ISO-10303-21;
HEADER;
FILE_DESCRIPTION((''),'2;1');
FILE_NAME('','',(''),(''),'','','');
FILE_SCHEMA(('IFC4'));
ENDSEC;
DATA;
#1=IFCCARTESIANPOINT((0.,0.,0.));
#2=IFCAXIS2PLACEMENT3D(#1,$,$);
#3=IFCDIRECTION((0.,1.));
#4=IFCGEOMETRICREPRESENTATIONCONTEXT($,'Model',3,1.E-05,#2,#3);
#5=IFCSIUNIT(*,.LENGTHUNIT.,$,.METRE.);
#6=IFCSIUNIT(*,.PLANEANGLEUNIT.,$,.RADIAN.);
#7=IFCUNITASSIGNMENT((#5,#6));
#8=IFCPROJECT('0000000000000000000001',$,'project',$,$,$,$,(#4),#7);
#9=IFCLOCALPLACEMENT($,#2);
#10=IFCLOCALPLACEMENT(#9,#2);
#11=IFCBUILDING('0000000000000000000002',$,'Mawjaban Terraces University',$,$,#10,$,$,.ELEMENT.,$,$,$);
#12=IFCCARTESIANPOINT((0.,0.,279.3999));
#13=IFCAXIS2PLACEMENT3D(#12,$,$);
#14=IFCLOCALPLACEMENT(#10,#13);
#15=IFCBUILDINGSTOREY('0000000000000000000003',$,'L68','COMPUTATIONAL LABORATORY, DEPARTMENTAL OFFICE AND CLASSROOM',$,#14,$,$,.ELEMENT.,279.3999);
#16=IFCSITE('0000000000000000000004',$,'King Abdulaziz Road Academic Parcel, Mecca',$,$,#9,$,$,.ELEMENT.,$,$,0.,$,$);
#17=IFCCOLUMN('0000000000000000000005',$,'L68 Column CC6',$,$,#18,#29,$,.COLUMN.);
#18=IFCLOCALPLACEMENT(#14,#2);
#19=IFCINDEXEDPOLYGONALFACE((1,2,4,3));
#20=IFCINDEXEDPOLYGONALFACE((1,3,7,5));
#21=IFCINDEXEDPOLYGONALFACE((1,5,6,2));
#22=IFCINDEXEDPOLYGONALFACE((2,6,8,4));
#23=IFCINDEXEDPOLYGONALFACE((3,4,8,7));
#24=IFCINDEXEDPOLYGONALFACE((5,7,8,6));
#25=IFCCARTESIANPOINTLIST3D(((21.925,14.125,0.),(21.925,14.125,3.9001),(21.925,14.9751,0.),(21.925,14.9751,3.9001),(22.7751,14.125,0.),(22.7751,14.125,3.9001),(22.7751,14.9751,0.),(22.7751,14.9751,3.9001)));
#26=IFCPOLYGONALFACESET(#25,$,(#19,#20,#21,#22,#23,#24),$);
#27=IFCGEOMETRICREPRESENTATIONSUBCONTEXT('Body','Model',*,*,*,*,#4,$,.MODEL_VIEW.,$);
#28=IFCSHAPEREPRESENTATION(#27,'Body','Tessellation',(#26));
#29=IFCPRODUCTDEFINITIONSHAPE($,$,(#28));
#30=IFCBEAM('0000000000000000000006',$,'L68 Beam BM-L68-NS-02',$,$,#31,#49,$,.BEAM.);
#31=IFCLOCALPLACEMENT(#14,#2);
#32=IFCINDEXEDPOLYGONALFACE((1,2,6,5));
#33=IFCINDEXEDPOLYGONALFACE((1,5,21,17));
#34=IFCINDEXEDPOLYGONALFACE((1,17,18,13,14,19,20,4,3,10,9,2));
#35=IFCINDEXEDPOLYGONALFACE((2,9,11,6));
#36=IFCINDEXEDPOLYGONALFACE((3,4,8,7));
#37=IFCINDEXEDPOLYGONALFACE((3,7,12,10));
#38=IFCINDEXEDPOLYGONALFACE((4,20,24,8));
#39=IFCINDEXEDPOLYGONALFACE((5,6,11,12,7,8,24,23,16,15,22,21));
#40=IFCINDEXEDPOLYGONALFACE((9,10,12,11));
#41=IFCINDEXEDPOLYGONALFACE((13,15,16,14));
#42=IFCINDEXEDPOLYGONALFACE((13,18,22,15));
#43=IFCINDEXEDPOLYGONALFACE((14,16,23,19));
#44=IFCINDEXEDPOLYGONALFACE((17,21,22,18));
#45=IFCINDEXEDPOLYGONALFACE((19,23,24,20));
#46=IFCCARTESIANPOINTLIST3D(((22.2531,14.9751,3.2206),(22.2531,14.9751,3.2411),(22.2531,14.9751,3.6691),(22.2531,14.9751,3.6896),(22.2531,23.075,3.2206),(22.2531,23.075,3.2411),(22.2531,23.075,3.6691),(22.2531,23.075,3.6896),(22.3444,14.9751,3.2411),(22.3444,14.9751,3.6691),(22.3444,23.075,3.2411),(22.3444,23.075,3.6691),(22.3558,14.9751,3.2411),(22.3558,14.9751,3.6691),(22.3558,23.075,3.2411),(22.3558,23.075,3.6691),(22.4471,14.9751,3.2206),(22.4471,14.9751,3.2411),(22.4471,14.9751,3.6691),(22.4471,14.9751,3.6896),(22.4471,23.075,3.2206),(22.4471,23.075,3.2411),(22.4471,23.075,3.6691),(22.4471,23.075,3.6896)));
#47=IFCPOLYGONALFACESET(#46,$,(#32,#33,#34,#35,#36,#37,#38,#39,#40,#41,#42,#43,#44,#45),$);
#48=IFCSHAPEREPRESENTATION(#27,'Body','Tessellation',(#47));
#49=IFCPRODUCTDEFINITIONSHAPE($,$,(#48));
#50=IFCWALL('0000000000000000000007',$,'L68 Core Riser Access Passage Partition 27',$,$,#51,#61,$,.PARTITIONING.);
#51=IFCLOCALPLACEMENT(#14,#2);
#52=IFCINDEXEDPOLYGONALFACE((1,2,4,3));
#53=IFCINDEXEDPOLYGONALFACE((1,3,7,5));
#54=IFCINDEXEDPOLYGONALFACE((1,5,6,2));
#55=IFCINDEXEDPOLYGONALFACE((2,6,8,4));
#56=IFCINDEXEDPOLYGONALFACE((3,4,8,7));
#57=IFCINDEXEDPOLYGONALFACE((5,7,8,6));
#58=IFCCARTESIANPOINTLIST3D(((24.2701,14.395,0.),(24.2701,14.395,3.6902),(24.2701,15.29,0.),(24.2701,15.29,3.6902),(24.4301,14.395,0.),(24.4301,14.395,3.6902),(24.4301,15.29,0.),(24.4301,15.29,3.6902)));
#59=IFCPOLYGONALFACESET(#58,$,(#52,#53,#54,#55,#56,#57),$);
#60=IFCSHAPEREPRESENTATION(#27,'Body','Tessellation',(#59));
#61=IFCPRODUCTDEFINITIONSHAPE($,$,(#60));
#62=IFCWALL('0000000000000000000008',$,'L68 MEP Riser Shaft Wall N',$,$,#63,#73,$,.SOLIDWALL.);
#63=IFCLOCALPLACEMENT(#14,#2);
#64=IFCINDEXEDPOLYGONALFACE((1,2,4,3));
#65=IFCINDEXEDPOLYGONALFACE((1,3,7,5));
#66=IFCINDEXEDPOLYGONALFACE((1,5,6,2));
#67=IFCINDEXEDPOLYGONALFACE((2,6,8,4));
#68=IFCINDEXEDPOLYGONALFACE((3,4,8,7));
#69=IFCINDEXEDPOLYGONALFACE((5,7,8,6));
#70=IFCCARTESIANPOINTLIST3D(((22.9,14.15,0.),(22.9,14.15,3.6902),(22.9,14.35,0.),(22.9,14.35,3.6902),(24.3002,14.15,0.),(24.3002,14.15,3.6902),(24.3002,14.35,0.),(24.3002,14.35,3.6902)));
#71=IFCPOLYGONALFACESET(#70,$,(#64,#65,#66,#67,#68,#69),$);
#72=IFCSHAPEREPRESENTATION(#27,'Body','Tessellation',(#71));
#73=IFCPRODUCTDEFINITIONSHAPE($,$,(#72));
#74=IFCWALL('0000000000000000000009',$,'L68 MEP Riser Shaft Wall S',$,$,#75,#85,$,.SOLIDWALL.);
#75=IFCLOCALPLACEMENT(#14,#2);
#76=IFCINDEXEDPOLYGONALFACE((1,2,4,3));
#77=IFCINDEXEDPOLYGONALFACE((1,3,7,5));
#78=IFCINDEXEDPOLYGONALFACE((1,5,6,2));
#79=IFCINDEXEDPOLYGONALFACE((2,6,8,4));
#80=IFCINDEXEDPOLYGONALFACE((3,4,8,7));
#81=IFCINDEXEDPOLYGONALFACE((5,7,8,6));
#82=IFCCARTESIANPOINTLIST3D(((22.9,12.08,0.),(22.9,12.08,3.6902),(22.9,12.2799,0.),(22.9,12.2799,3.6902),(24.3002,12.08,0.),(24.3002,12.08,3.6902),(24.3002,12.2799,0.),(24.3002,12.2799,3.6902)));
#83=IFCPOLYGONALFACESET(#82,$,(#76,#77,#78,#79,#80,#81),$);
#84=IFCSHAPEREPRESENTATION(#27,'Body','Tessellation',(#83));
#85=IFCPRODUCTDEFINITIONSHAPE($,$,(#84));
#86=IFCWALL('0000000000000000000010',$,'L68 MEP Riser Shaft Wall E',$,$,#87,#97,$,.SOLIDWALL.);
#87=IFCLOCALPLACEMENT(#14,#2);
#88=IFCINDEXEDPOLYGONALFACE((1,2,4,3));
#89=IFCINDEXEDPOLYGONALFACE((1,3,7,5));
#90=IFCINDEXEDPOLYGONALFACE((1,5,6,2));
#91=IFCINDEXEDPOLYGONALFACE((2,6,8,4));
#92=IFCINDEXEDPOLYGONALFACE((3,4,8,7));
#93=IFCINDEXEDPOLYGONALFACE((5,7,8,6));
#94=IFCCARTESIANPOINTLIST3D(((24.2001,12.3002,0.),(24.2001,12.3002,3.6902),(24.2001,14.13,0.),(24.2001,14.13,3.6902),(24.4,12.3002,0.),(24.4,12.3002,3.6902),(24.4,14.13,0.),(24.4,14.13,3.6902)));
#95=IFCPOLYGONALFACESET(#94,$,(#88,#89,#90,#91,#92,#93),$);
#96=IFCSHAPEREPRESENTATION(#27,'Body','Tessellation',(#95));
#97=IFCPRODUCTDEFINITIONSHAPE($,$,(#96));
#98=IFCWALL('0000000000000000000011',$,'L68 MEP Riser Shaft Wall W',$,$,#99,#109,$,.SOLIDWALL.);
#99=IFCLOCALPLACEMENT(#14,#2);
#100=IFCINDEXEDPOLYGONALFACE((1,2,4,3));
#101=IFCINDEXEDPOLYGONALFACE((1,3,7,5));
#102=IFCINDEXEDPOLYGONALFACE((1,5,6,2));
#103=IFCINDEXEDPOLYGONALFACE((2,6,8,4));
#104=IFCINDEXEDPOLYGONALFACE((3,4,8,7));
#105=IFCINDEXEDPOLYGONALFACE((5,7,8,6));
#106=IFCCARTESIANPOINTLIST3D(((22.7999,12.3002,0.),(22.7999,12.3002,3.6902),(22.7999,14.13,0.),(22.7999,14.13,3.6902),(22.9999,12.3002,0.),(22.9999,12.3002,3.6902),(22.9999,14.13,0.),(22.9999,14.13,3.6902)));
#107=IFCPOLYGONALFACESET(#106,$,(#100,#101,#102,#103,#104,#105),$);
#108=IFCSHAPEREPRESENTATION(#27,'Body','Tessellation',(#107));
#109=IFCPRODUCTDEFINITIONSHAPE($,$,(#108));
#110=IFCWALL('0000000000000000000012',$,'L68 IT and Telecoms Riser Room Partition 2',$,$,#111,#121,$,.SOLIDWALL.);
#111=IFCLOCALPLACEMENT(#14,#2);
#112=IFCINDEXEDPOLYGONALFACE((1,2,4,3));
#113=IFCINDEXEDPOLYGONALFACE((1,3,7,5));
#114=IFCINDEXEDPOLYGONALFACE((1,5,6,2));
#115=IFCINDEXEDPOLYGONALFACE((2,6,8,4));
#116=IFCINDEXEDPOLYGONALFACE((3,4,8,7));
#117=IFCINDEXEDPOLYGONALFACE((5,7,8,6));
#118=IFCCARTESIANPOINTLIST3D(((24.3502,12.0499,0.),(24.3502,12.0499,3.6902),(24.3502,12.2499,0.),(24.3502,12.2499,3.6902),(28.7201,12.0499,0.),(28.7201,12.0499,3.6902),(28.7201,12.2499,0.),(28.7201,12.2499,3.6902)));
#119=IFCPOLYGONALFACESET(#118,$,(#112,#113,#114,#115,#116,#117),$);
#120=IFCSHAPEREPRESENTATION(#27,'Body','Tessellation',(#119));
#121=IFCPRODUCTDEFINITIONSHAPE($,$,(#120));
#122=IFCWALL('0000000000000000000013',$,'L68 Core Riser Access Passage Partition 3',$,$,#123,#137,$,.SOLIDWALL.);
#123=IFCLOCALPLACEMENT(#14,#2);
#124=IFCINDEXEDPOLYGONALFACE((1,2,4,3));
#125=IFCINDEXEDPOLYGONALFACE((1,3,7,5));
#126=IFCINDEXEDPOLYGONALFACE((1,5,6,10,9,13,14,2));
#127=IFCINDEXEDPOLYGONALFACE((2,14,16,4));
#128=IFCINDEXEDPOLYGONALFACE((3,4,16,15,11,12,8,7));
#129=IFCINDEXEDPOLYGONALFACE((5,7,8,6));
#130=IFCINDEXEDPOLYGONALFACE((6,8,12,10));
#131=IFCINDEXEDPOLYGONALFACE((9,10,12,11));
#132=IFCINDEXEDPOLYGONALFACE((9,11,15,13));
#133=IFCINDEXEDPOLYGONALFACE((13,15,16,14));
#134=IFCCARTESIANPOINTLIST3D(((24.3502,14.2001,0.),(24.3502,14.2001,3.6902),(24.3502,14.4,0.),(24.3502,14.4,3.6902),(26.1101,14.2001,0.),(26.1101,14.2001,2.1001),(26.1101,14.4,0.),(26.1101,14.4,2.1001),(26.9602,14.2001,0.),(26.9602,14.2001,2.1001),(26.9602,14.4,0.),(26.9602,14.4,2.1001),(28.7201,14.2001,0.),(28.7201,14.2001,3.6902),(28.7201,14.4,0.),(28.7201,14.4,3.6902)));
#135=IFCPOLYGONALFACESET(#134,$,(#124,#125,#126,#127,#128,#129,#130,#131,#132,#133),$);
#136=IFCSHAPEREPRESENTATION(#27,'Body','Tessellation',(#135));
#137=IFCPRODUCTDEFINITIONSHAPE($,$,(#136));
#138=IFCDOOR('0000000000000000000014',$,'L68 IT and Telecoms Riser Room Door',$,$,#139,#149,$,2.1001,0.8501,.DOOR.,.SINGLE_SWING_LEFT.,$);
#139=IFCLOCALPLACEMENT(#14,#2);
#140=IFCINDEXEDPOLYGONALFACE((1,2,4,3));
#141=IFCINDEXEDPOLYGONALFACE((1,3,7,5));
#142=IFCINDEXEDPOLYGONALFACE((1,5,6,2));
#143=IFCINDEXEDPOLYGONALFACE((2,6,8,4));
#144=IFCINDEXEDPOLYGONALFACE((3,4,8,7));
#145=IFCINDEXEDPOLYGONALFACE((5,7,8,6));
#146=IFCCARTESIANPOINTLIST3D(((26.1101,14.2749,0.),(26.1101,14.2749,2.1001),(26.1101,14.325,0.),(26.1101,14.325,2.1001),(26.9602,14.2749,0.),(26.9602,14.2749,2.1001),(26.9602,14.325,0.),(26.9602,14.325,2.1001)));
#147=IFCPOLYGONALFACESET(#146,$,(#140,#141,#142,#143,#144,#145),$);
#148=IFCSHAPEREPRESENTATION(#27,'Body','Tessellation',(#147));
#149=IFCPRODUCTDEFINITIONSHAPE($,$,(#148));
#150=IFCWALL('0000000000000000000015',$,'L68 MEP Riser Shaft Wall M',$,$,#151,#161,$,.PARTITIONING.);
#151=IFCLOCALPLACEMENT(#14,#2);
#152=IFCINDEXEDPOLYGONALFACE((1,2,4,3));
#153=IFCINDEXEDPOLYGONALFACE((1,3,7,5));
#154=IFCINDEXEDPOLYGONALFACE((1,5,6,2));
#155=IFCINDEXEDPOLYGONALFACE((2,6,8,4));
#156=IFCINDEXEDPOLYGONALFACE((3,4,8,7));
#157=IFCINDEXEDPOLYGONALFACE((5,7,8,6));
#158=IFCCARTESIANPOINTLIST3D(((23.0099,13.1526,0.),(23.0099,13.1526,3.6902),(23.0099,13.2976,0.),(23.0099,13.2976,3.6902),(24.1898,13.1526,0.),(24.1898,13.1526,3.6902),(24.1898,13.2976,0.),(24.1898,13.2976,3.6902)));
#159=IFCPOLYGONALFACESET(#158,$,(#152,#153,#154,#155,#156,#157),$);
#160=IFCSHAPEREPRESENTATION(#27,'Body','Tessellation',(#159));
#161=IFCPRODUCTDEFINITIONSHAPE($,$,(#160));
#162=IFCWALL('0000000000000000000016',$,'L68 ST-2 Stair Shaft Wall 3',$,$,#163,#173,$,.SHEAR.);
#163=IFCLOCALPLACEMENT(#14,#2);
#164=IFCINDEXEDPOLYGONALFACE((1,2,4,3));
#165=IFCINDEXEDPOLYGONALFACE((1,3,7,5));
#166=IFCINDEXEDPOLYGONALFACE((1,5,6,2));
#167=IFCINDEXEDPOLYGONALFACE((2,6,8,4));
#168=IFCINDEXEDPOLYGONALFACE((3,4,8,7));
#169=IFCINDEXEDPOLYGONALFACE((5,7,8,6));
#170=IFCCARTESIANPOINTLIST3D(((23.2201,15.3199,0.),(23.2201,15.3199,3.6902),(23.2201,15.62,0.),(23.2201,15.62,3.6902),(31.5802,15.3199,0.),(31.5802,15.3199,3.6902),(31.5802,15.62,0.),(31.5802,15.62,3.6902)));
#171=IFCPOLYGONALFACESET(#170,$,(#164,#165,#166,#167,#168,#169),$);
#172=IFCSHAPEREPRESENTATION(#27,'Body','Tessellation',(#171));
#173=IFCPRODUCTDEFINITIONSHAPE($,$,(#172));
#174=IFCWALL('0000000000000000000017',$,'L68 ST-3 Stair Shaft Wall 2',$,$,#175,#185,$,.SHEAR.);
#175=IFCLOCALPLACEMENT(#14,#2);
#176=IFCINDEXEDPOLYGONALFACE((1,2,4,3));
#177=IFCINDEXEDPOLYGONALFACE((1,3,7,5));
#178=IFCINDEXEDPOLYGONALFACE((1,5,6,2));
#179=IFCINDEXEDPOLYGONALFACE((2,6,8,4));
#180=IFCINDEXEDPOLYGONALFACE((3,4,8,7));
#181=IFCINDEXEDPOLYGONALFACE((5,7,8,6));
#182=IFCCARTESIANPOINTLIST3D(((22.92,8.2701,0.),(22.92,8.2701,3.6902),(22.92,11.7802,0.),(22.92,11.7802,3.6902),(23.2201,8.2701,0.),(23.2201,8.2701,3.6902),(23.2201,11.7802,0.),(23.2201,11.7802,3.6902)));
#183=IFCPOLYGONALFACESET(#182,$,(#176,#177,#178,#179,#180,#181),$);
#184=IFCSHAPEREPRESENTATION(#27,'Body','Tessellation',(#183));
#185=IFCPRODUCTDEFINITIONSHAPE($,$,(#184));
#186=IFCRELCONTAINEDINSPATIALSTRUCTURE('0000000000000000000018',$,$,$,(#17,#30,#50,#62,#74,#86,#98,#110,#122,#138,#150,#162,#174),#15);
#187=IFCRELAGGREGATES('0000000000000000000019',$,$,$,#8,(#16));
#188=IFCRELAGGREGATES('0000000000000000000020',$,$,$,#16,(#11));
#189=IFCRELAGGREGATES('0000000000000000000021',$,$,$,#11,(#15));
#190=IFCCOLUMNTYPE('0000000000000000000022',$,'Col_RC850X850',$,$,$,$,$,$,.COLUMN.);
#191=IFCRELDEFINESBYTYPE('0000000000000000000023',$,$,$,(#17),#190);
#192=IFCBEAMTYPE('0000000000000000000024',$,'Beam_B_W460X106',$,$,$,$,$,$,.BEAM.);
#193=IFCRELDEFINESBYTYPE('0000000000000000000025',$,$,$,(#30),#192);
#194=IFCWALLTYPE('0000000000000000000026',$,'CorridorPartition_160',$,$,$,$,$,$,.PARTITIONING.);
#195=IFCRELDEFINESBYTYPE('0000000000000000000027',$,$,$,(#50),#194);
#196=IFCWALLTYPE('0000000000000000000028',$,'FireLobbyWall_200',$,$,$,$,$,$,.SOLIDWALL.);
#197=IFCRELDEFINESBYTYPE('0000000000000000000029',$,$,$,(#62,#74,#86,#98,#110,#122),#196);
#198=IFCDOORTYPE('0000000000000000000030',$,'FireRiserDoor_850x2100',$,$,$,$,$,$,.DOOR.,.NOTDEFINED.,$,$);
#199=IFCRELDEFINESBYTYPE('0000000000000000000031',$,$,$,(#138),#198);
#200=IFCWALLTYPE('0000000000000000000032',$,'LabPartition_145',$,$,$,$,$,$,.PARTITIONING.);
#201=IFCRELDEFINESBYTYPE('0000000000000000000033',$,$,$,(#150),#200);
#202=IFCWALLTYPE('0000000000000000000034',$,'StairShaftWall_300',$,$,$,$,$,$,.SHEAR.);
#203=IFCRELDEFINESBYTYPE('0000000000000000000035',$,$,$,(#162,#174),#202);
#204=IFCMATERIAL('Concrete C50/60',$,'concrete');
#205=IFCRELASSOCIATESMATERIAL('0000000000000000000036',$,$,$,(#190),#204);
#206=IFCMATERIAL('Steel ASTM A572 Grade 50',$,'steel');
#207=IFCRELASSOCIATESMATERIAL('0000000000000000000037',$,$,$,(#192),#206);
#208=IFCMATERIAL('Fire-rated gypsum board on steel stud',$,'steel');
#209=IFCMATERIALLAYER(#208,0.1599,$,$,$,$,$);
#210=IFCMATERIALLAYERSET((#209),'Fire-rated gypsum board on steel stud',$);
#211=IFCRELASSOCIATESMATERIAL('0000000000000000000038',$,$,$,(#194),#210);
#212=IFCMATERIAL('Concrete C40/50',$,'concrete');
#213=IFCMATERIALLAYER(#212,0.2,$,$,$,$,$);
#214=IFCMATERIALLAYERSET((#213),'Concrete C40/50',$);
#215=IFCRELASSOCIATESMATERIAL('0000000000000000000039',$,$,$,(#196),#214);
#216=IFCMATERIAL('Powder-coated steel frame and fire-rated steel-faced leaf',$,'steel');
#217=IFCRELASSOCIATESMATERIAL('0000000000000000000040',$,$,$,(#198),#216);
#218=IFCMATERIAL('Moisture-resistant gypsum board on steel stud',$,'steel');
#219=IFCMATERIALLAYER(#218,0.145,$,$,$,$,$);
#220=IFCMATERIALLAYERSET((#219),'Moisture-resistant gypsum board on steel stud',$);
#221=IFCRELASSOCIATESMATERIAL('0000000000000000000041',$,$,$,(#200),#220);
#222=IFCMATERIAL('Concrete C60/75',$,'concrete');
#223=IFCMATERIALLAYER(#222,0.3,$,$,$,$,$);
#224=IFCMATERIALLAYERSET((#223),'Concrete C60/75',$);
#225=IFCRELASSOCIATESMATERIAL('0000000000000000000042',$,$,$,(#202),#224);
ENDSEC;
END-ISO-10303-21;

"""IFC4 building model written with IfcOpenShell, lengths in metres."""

from ifc_helpers import new_model, si_unit, direction, frame, frame_2d, origin, origin_2d, place, context, subcontext, project, spatial, rectangle, i_section, extrude, material, layer, layer_set, material_profile, profile_set, type_object, element, fill, save


model = new_model("IFC4")

# Units and contexts
model_context = context("Model", 3, precision=1e-05, world=origin(), true_north=direction((0.0, 1.0)))
body_context = subcontext(model_context, "Body", "Model", "MODEL_VIEW")
ifc_project = project(units=[si_unit("LENGTHUNIT", "METRE"), si_unit("PLANEANGLEUNIT", "RADIAN")], contexts=[model_context])

# Site, building, storey
site_placement = place(None, origin())
site = spatial("IfcSite", under=ifc_project, at=site_placement, Name="King Abdulaziz Road Academic Parcel, Mecca", CompositionType="ELEMENT", RefElevation=0.0)
building_placement = place(site_placement, origin())
building = spatial("IfcBuilding", under=site, at=building_placement, Name="Mawjaban Terraces University", CompositionType="ELEMENT")
storey_placement = place(building_placement, frame((0.0, 0.0, 279.3999)))
storey = spatial("IfcBuildingStorey", under=building, at=storey_placement, Name="L68", Description="COMPUTATIONAL LABORATORY, DEPARTMENTAL OFFICE AND CLASSROOM", CompositionType="ELEMENT", Elevation=279.3999)

# Column
ifc_material_1 = material(Name="Concrete C50/60", Category="concrete")
ifc_material_profile_1 = material_profile(ifc_material_1, rectangle(XDim=0.8501, YDim=0.8501, at=origin_2d()), Name="RC850X850")
ifc_profile_set_1 = profile_set([ifc_material_profile_1], Name="Concrete C50/60")
column_type = type_object("IfcColumnType", Name="Col_RC850X850", PredefinedType="COLUMN", material=ifc_profile_set_1)
column_placement = place(storey_placement, frame((22.3501, 14.55, 0.0), z_axis=(0.0, 0.0, 1.0), x_axis=(1.0, 0.0, 0.0)))
element("IfcColumn", 1, at=column_placement, inside=storey, type_object=column_type, Name="L68 Column CC6", PredefinedType="COLUMN", context=body_context, shape_type="SweptSolid", body=[
    extrude(rectangle(XDim=0.8501, YDim=0.8501, at=origin_2d()), origin(), (0.0, 0.0, 1.0), 3.9001),
])

# Beam
ifc_material_2 = material(Name="Steel ASTM A572 Grade 50", Category="steel")
ifc_material_profile_2 = material_profile(ifc_material_2, i_section(OverallWidth=0.1941, OverallDepth=0.469, WebThickness=0.0115, FlangeThickness=0.0205, at=origin_2d()), Name="W460X106")
ifc_profile_set_2 = profile_set([ifc_material_profile_2], Name="Steel ASTM A572 Grade 50")
beam_type = type_object("IfcBeamType", Name="Beam_B_W460X106", PredefinedType="BEAM", material=ifc_profile_set_2)
beam_placement = place(storey_placement, frame((22.3501, 14.9751, 3.4551), z_axis=(0.0, 1.0, 0.0), x_axis=(-1.0, 0.0, 0.0)))
element("IfcBeam", 2, at=beam_placement, inside=storey, type_object=beam_type, Name="L68 Beam BM-L68-NS-02", PredefinedType="BEAM", context=body_context, shape_type="SweptSolid", body=[
    extrude(i_section(OverallWidth=0.1941, OverallDepth=0.469, WebThickness=0.0115, FlangeThickness=0.0205, at=origin_2d()), origin(), (0.0, 0.0, 1.0), 8.0999),
])

# Walls
ifc_material_3 = material(Name="Fire-rated gypsum board on steel stud", Category="steel")
ifc_layer_1 = layer(ifc_material_3, 0.1599)
ifc_layer_set_1 = layer_set([ifc_layer_1], Name="Fire-rated gypsum board on steel stud")
wall_type_1 = type_object("IfcWallType", Name="CorridorPartition_160", PredefinedType="PARTITIONING", material=ifc_layer_set_1)
wall_1_placement = place(storey_placement, frame((24.3501, 15.29, 0.0), z_axis=(0.0, 0.0, 1.0), x_axis=(0.0, -1.0, 0.0)))
element("IfcWall", 3, at=wall_1_placement, inside=storey, type_object=wall_type_1, Name="L68 Core Riser Access Passage Partition 27", PredefinedType="PARTITIONING", context=body_context, shape_type="SweptSolid", body=[
    extrude(rectangle(XDim=0.895, YDim=0.1599, at=frame_2d((0.4475, 0.0))), origin(), (0.0, 0.0, 1.0), 3.6902),
])
ifc_material_4 = material(Name="Concrete C40/50", Category="concrete")
ifc_layer_2 = layer(ifc_material_4, 0.2)
ifc_layer_set_2 = layer_set([ifc_layer_2], Name="Concrete C40/50")
wall_type_2 = type_object("IfcWallType", Name="FireLobbyWall_200", PredefinedType="SOLIDWALL", material=ifc_layer_set_2)
for number, where, z_axis, x_axis, name in (
    (4, (22.8999, 14.25, 0.0), (0.0, 0.0, 1.0), (1.0, 0.0, 0.0), "L68 MEP Riser Shaft Wall N"),
    (5, (22.8999, 12.1799, 0.0), (0.0, 0.0, 1.0), (1.0, 0.0, 0.0), "L68 MEP Riser Shaft Wall S"),
):
    element("IfcWall", number, at=place(storey_placement, frame(where, z_axis=z_axis, x_axis=x_axis)), inside=storey, type_object=wall_type_2, Name=name, PredefinedType="SOLIDWALL", context=body_context, shape_type="SweptSolid", body=[
        extrude(rectangle(XDim=1.4001, YDim=0.2, at=frame_2d((0.7002, 0.0))), origin(), (0.0, 0.0, 1.0), 3.6902),
    ])
for number, where, z_axis, x_axis, name in (
    (6, (24.3, 12.3, 0.0), (0.0, 0.0, 1.0), (0.0, 1.0, 0.0), "L68 MEP Riser Shaft Wall E"),
    (7, (22.8999, 12.3, 0.0), (0.0, 0.0, 1.0), (0.0, 1.0, 0.0), "L68 MEP Riser Shaft Wall W"),
):
    element("IfcWall", number, at=place(storey_placement, frame(where, z_axis=z_axis, x_axis=x_axis)), inside=storey, type_object=wall_type_2, Name=name, PredefinedType="SOLIDWALL", context=body_context, shape_type="SweptSolid", body=[
        extrude(rectangle(XDim=1.8298, YDim=0.2, at=frame_2d((0.915, 0.0))), origin(), (0.0, 0.0, 1.0), 3.6902),
    ])
wall_2_placement = place(storey_placement, frame((24.3501, 12.1499, 0.0), z_axis=(0.0, 0.0, 1.0), x_axis=(1.0, 0.0, 0.0)))
element("IfcWall", 8, at=wall_2_placement, inside=storey, type_object=wall_type_2, Name="L68 IT and Telecoms Riser Room Partition 2", PredefinedType="SOLIDWALL", context=body_context, shape_type="SweptSolid", body=[
    extrude(rectangle(XDim=4.3699, YDim=0.2, at=frame_2d((2.1851, 0.0))), origin(), (0.0, 0.0, 1.0), 3.6902),
])

# Wall, opening, door
wall_3_placement = place(storey_placement, frame((24.3501, 14.3, 0.0), z_axis=(0.0, 0.0, 1.0), x_axis=(1.0, 0.0, 0.0)))
wall_3 = element("IfcWall", 9, at=wall_3_placement, inside=storey, type_object=wall_type_2, Name="L68 Core Riser Access Passage Partition 3", PredefinedType="SOLIDWALL", context=body_context, shape_type="SweptSolid", body=[
    extrude(rectangle(XDim=4.3699, YDim=0.2, at=frame_2d((2.1851, 0.0))), origin(), (0.0, 0.0, 1.0), 3.6902),
])
opening_placement = place(wall_3_placement, frame((1.76, 0.0, 0.0)))
opening = element("IfcOpeningElement", 10, at=opening_placement, cuts=wall_3, PredefinedType="OPENING", context=body_context, shape_type="SweptSolid", body=[
    extrude(rectangle(XDim=0.8501, YDim=2.1001, at=frame_2d((0.425, 1.05))), frame((0.0, 0.1099, 0.0), z_axis=(0.0, -1.0, 0.0), x_axis=(1.0, 0.0, 0.0)), (0.0, 0.0, 1.0), 0.22),
])
ifc_material_5 = material(Name="Powder-coated steel frame and fire-rated steel-faced leaf", Category="steel")
door_type = type_object("IfcDoorType", Name="FireRiserDoor_850x2100", OperationType="NOTDEFINED", PredefinedType="DOOR", material=ifc_material_5)
door_placement = place(opening_placement, origin())
door = element("IfcDoor", 11, at=door_placement, inside=storey, type_object=door_type, Name="L68 IT and Telecoms Riser Room Door", OperationType="SINGLE_SWING_LEFT", OverallHeight=2.1001, OverallWidth=0.8501, PredefinedType="DOOR", context=body_context, shape_type="SweptSolid", body=[
    extrude(rectangle(XDim=0.8501, YDim=2.1001, at=frame_2d((0.425, 1.05))), frame((0.0, 0.0249, 0.0), z_axis=(0.0, -1.0, 0.0), x_axis=(1.0, 0.0, 0.0)), (0.0, 0.0, 1.0), 0.05),
])
fill(opening, door)

# Walls
ifc_material_6 = material(Name="Moisture-resistant gypsum board on steel stud", Category="steel")
ifc_layer_3 = layer(ifc_material_6, 0.145)
ifc_layer_set_3 = layer_set([ifc_layer_3], Name="Moisture-resistant gypsum board on steel stud")
wall_type_3 = type_object("IfcWallType", Name="LabPartition_145", PredefinedType="PARTITIONING", material=ifc_layer_set_3)
wall_4_placement = place(storey_placement, frame((23.01, 13.2251, 0.0), z_axis=(0.0, 0.0, 1.0), x_axis=(1.0, 0.0, 0.0)))
element("IfcWall", 12, at=wall_4_placement, inside=storey, type_object=wall_type_3, Name="L68 MEP Riser Shaft Wall M", PredefinedType="PARTITIONING", context=body_context, shape_type="SweptSolid", body=[
    extrude(rectangle(XDim=1.1799, YDim=0.145, at=frame_2d((0.5898, 0.0))), origin(), (0.0, 0.0, 1.0), 3.6902),
])
ifc_material_7 = material(Name="Concrete C60/75", Category="concrete")
ifc_layer_4 = layer(ifc_material_7, 0.3)
ifc_layer_set_4 = layer_set([ifc_layer_4], Name="Concrete C60/75")
wall_type_4 = type_object("IfcWallType", Name="StairShaftWall_300", PredefinedType="SHEAR", material=ifc_layer_set_4)
wall_5_placement = place(storey_placement, frame((23.22, 15.47, 0.0), z_axis=(0.0, 0.0, 1.0), x_axis=(1.0, 0.0, 0.0)))
element("IfcWall", 13, at=wall_5_placement, inside=storey, type_object=wall_type_4, Name="L68 ST-2 Stair Shaft Wall 3", PredefinedType="SHEAR", context=body_context, shape_type="SweptSolid", body=[
    extrude(rectangle(XDim=8.3601, YDim=0.3, at=frame_2d((4.1802, 0.0))), origin(), (0.0, 0.0, 1.0), 3.6902),
])
wall_6_placement = place(storey_placement, frame((23.0701, 11.78, 0.0), z_axis=(0.0, 0.0, 1.0), x_axis=(0.0, -1.0, 0.0)))
element("IfcWall", 14, at=wall_6_placement, inside=storey, type_object=wall_type_4, Name="L68 ST-3 Stair Shaft Wall 2", PredefinedType="SHEAR", context=body_context, shape_type="SweptSolid", body=[
    extrude(rectangle(XDim=3.51, YDim=0.3, at=frame_2d((1.7549, 0.0))), origin(), (0.0, 0.0, 1.0), 3.6902),
])

save(model, "model.ifc")
